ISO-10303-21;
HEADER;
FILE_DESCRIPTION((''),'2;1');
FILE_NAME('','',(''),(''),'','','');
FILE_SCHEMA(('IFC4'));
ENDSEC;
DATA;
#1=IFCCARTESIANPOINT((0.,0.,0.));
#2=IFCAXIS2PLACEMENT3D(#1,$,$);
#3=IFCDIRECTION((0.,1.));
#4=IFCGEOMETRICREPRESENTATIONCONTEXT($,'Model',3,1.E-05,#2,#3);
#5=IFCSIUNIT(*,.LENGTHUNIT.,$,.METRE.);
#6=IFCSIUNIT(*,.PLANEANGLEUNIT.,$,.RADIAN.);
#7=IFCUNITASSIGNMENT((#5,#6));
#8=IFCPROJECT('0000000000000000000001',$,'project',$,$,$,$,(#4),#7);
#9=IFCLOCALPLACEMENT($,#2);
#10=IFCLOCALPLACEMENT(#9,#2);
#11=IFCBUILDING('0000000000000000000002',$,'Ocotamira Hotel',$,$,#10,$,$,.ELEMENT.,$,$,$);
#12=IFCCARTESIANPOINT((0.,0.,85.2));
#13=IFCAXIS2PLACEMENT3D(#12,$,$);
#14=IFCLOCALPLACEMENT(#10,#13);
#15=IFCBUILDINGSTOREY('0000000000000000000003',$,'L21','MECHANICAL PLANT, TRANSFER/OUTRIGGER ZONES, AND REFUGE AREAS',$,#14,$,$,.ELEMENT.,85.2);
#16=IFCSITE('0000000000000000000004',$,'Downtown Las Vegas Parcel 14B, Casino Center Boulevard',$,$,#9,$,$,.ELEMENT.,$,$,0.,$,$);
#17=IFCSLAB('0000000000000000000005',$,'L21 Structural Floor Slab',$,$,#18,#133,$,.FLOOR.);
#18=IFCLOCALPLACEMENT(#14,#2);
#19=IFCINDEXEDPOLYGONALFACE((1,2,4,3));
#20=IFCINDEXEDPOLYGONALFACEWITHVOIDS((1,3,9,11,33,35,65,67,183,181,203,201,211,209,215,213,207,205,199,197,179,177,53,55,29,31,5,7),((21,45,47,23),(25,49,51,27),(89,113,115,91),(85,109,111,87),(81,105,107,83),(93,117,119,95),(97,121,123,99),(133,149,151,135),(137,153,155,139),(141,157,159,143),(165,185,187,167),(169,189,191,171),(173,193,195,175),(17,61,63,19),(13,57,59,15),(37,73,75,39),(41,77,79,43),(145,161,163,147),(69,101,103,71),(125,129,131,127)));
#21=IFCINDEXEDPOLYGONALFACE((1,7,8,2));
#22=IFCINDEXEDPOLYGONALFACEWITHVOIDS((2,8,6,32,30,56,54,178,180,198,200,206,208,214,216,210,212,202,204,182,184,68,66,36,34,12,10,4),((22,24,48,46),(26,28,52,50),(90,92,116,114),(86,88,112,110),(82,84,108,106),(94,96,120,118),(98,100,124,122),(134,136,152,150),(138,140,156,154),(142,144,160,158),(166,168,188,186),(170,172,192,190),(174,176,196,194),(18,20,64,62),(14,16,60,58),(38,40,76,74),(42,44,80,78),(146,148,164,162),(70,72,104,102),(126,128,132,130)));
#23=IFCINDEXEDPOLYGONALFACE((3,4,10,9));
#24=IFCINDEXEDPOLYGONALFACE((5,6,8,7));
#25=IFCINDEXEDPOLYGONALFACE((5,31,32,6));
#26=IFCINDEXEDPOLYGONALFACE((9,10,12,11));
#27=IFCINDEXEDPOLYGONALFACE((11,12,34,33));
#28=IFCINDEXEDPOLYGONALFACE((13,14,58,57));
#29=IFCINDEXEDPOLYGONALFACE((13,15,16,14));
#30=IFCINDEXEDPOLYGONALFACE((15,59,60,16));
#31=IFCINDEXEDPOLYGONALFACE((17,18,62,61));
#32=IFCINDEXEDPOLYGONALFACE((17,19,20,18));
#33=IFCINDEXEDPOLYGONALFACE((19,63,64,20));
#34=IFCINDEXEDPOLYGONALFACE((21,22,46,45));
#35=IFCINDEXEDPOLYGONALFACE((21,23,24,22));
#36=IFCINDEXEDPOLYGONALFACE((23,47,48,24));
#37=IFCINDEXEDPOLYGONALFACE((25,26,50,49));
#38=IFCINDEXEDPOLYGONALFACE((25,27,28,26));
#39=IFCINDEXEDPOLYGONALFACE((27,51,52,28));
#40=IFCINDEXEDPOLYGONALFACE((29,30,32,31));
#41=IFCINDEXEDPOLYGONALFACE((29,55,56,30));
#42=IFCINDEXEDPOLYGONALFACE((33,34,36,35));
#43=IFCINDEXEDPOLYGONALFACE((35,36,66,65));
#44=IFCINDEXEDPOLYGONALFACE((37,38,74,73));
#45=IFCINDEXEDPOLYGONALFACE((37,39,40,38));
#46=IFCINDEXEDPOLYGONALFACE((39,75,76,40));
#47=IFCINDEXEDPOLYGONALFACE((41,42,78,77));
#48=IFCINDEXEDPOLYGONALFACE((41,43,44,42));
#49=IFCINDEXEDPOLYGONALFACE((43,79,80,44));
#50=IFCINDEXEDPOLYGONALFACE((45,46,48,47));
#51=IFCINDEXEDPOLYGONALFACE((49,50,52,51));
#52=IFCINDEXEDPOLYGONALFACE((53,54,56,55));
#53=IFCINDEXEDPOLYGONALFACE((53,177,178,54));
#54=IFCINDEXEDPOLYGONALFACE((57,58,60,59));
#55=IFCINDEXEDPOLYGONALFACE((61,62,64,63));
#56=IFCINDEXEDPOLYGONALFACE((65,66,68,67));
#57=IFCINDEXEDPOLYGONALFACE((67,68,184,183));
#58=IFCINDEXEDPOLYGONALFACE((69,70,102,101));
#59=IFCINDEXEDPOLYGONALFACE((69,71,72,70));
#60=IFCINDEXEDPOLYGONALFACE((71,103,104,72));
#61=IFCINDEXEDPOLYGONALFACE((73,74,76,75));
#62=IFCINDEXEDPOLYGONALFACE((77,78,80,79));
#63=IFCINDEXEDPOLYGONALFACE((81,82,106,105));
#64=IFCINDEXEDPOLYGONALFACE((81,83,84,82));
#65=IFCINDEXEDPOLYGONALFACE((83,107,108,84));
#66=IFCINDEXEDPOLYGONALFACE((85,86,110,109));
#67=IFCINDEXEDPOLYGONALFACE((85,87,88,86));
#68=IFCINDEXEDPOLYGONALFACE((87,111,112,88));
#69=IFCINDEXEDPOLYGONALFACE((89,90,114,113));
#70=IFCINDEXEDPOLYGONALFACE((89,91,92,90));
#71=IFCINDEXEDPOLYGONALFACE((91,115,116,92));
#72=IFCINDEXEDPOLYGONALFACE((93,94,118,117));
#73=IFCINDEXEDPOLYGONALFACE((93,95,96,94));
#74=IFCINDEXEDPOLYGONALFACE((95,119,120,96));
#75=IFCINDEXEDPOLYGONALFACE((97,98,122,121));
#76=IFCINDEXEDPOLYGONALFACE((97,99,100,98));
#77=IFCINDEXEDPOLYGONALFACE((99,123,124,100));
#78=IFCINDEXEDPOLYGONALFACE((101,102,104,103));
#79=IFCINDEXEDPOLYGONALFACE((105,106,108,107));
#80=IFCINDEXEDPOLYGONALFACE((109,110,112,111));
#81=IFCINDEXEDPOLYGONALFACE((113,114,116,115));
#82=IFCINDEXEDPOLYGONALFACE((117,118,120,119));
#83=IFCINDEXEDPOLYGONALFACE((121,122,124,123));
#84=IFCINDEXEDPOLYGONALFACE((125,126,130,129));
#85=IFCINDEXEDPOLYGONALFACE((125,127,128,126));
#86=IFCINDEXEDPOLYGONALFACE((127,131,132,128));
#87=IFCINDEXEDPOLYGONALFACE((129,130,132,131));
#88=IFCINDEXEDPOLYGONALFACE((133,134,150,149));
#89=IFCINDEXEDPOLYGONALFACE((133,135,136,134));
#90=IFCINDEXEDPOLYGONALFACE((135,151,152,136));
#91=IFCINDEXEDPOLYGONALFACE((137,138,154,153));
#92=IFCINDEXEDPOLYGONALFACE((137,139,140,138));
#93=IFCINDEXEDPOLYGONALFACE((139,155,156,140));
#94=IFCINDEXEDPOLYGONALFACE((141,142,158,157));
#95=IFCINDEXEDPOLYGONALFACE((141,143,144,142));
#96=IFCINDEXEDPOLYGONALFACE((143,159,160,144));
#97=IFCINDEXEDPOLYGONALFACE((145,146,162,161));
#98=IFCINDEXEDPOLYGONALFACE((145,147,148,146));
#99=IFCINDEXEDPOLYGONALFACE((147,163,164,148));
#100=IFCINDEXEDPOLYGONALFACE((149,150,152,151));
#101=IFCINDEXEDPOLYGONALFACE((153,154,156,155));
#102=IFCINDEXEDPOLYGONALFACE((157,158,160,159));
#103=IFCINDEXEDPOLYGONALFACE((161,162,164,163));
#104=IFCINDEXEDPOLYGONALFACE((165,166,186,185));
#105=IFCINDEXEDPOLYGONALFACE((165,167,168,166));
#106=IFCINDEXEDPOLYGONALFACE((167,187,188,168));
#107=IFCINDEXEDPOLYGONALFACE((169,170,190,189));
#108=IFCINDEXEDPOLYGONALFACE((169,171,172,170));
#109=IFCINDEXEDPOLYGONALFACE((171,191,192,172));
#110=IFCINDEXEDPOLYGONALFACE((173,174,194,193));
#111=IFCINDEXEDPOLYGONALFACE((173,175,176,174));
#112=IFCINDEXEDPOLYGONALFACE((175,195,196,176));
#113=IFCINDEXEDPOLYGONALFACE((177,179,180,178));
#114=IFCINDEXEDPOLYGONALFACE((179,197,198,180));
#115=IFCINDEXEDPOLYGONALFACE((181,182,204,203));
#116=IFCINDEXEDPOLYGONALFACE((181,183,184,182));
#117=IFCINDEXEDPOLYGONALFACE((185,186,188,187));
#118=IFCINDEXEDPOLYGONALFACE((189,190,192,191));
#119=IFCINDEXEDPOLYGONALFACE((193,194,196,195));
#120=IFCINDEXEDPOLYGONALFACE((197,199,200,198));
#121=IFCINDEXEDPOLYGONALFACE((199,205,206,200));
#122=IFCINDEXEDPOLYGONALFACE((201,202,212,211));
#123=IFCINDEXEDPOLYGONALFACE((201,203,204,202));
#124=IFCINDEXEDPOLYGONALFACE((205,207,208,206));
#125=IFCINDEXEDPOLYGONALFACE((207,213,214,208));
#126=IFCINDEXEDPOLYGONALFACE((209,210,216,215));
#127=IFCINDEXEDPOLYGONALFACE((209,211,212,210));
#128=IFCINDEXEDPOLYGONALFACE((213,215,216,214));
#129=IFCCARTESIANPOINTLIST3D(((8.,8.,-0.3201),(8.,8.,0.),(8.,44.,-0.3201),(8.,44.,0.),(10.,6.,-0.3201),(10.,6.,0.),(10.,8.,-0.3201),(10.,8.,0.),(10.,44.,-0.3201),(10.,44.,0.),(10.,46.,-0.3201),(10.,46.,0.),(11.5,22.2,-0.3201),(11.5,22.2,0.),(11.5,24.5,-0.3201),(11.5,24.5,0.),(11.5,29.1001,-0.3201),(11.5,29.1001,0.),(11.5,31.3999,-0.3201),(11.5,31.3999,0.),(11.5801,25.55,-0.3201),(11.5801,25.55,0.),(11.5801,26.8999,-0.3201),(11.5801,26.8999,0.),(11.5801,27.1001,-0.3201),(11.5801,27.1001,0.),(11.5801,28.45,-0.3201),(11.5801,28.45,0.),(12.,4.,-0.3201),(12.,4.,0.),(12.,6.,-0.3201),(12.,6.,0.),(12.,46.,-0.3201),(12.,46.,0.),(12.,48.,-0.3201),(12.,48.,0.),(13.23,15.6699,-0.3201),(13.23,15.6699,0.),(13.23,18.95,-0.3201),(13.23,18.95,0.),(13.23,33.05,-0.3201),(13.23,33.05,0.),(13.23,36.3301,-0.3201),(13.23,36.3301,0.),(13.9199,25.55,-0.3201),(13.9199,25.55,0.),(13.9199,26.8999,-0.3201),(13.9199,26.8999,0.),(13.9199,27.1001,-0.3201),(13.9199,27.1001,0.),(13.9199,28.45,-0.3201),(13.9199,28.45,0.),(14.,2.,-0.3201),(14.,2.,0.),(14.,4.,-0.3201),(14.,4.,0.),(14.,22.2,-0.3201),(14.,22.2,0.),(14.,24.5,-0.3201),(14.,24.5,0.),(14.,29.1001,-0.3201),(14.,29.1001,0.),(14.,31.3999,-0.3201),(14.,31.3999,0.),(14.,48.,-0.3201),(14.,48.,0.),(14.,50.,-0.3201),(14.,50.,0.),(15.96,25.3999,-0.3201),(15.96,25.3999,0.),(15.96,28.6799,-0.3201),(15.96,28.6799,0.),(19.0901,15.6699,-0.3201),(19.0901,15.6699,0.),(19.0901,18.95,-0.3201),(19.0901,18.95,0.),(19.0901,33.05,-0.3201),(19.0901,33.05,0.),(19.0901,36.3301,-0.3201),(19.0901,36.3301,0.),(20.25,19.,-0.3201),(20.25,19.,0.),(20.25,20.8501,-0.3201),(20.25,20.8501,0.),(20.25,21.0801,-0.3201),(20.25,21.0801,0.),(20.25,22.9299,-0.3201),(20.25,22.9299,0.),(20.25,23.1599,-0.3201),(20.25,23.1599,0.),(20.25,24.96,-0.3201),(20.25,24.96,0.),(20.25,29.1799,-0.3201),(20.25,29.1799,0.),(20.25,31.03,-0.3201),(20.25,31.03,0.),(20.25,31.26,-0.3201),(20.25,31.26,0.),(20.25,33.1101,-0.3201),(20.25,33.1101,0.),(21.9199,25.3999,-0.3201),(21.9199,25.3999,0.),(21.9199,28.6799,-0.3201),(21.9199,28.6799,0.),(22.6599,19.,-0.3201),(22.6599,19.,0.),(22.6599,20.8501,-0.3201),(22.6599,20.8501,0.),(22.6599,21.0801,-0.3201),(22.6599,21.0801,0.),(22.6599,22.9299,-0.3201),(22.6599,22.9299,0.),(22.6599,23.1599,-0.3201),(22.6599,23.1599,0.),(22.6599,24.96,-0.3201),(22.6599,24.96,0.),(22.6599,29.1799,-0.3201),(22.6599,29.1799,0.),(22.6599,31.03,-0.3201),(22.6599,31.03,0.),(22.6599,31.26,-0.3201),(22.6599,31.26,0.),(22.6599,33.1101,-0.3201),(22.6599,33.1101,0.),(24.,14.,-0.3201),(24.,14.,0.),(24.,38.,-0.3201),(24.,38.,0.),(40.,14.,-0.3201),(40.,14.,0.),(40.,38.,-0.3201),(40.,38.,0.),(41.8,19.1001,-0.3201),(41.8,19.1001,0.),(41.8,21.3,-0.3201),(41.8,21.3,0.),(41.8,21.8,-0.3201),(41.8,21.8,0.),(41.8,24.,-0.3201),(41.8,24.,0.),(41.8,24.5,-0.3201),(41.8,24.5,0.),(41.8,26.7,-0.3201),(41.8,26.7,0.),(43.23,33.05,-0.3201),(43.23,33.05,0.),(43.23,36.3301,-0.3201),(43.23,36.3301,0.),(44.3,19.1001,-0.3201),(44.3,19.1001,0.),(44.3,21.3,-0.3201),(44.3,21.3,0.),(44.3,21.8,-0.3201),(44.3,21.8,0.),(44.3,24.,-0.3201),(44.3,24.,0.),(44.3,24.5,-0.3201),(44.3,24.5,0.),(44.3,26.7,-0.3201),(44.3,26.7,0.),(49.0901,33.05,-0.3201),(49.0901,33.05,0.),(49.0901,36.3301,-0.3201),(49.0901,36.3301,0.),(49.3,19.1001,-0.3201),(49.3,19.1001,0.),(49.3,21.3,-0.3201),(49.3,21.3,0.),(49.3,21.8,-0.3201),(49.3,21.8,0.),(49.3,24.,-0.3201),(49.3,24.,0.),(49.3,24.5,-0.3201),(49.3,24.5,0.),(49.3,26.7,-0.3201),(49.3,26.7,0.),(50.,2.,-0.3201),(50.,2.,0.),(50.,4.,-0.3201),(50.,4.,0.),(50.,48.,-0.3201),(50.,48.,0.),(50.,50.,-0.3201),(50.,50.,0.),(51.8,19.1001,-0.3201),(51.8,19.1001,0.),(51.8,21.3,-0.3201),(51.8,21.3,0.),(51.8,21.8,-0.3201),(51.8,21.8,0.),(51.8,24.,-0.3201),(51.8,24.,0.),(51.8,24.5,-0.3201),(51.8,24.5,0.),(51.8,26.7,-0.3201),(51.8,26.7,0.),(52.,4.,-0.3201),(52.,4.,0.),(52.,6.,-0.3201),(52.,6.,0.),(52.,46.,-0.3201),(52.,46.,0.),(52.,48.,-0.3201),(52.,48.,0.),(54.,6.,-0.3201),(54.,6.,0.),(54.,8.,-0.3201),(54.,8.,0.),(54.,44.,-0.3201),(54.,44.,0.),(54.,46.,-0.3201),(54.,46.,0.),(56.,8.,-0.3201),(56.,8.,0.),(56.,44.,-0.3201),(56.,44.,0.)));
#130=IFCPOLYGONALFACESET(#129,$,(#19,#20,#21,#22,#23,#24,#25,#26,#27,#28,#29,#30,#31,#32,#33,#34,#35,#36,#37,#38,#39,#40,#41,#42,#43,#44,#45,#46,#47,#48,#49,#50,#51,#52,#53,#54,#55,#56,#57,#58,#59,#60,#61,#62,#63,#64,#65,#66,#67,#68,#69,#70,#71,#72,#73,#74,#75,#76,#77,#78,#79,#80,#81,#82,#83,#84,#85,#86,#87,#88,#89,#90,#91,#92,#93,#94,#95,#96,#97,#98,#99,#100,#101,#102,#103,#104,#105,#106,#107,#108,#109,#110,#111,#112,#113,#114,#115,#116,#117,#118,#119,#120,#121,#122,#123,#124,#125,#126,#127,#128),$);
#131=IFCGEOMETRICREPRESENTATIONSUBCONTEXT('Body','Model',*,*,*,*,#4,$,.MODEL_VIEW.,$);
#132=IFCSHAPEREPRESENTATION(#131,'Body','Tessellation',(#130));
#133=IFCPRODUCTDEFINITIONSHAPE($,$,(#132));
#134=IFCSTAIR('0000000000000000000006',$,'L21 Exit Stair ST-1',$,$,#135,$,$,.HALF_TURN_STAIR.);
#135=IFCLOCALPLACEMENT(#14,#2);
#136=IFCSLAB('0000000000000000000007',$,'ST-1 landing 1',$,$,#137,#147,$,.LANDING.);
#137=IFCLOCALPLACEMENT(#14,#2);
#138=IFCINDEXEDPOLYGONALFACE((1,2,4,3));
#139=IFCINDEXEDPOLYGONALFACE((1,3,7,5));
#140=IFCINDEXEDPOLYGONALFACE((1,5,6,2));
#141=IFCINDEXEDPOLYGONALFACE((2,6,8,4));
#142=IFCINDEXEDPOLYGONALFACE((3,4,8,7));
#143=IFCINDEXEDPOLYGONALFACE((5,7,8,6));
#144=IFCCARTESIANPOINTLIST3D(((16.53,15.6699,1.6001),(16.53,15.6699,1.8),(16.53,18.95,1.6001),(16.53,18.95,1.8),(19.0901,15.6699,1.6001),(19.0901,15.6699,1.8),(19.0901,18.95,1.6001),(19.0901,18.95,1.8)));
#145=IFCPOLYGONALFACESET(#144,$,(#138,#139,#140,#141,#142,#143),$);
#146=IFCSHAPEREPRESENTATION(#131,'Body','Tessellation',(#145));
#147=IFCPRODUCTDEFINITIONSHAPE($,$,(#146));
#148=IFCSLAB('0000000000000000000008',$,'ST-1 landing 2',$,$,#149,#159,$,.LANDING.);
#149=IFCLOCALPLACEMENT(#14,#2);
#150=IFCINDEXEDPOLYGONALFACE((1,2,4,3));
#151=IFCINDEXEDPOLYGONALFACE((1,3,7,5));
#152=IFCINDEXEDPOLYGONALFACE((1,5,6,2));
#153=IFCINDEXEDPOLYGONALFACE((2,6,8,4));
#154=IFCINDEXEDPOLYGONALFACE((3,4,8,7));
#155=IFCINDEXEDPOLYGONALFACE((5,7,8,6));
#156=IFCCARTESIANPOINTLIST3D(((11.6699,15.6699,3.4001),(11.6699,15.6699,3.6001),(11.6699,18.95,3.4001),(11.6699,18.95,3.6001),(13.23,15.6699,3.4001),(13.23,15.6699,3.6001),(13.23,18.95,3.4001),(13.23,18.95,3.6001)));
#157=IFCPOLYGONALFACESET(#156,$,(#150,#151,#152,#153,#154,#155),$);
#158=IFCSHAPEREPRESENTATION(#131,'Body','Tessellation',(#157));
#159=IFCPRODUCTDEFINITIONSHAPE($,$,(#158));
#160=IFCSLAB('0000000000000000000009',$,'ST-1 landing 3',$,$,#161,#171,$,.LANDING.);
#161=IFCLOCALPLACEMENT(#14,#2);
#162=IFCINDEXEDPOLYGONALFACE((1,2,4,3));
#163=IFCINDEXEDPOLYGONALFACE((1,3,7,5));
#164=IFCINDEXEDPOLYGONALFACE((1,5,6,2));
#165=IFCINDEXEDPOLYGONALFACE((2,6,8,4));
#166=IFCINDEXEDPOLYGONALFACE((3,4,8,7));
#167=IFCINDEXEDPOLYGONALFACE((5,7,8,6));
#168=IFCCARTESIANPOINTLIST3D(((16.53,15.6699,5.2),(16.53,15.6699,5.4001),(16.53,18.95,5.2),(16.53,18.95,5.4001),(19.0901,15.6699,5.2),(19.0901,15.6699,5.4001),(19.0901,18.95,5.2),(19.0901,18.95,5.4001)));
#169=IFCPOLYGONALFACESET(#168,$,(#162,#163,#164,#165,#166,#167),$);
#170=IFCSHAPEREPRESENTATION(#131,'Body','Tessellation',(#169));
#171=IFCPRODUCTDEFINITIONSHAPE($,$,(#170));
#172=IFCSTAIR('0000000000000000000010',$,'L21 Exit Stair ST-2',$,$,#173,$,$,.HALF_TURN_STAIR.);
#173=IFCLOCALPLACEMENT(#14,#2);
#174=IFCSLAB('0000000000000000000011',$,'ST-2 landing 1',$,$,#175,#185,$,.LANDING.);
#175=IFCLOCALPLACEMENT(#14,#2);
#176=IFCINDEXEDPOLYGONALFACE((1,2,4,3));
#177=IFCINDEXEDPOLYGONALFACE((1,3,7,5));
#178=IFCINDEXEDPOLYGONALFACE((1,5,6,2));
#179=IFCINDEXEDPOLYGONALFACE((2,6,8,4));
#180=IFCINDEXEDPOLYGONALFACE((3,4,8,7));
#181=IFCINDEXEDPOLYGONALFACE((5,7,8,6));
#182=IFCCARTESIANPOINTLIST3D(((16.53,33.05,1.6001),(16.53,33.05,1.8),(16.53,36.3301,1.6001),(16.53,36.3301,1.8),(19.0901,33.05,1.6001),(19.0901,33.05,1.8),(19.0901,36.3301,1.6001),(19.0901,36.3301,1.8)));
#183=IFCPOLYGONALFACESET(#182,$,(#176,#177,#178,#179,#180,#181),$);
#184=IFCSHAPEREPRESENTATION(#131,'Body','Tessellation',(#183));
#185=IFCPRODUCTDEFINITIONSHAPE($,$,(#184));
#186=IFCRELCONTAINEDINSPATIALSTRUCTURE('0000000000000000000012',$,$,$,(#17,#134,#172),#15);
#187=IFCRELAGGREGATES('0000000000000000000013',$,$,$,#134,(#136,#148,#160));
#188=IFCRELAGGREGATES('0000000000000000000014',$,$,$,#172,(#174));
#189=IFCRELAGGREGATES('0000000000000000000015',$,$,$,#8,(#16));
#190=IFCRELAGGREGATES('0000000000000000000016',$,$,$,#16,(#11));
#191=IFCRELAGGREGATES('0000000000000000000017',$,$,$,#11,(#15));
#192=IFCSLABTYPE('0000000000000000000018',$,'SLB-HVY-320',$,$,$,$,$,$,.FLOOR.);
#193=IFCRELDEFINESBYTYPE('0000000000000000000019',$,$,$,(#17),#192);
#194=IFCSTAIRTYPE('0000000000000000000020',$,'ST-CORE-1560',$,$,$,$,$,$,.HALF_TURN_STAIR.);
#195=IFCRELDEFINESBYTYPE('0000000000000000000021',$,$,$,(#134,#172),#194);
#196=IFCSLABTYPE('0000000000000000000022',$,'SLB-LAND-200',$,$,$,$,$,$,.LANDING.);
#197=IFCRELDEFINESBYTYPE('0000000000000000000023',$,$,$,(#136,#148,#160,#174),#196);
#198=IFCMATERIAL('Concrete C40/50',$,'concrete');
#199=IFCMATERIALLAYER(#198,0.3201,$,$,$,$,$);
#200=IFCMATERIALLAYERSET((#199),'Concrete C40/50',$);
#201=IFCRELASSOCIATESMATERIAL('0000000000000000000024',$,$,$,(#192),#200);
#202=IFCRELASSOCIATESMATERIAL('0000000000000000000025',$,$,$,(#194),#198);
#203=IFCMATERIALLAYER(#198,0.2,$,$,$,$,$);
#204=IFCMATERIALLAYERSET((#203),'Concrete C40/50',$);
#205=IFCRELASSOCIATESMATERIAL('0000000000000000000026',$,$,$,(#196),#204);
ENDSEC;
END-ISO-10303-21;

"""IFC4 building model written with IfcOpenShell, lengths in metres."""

from ifc_helpers import new_model, si_unit, direction, frame, origin, place, context, subcontext, project, spatial, polyline, outline, extrude, material, layer, layer_set, type_object, element, aggregate, save


model = new_model("IFC4")

# Units and contexts
model_context = context("Model", 3, precision=1e-05, world=origin(), true_north=direction((0.0, 1.0)))
body_context = subcontext(model_context, "Body", "Model", "MODEL_VIEW")
ifc_project = project(units=[si_unit("LENGTHUNIT", "METRE"), si_unit("PLANEANGLEUNIT", "RADIAN")], contexts=[model_context])

# Site, building, storey
site_placement = place(None, origin())
site = spatial("IfcSite", under=ifc_project, at=site_placement, Name="Downtown Las Vegas Parcel 14B, Casino Center Boulevard", CompositionType="ELEMENT", RefElevation=0.0)
building_placement = place(site_placement, origin())
building = spatial("IfcBuilding", under=site, at=building_placement, Name="Ocotamira Hotel", CompositionType="ELEMENT")
storey_placement = place(building_placement, frame((0.0, 0.0, 85.2)))
storey = spatial("IfcBuildingStorey", under=building, at=storey_placement, Name="L21", Description="MECHANICAL PLANT, TRANSFER/OUTRIGGER ZONES, AND REFUGE AREAS", CompositionType="ELEMENT", Elevation=85.2)

# Slab
ifc_material_1 = material(Name="Concrete C40/50", Category="concrete")
ifc_layer_1 = layer(ifc_material_1, 0.3201)
ifc_layer_set_1 = layer_set([ifc_layer_1], Name="Concrete C40/50")
slab_type_1 = type_object("IfcSlabType", Name="SLB-HVY-320", PredefinedType="FLOOR", material=ifc_layer_set_1)
slab_1_placement = place(storey_placement, frame((0.0, 0.0, -0.3201)))
element("IfcSlab", 1, at=slab_1_placement, inside=storey, type_object=slab_type_1, Name="L21 Structural Floor Slab", PredefinedType="FLOOR", context=body_context, shape_type="SweptSolid", body=[
    extrude(outline(polyline([(14.0, 2.0), (50.0, 2.0), (50.0, 4.0), (52.0, 4.0), (52.0, 6.0), (54.0, 6.0), (54.0, 8.0), (56.0, 8.0), (56.0, 44.0), (54.0, 44.0), (54.0, 46.0), (52.0, 46.0), (52.0, 48.0), (50.0, 48.0), (50.0, 50.0), (14.0, 50.0), (14.0, 48.0), (12.0, 48.0), (12.0, 46.0), (10.0, 46.0), (10.0, 44.0), (8.0, 44.0), (8.0, 8.0), (10.0, 8.0), (10.0, 6.0), (12.0, 6.0), (12.0, 4.0), (14.0, 4.0), (14.0, 2.0)]), holes=[polyline([(24.0, 14.0), (40.0, 14.0), (40.0, 38.0), (24.0, 38.0), (24.0, 14.0)]), polyline([(13.23, 15.6699), (19.0901, 15.6699), (19.0901, 18.95), (13.23, 18.95), (13.23, 15.6699)]), polyline([(13.23, 33.05), (19.0901, 33.05), (19.0901, 36.3301), (13.23, 36.3301), (13.23, 33.05)]), polyline([(15.96, 25.3999), (21.9199, 25.3999), (21.9199, 28.6799), (15.96, 28.6799), (15.96, 25.3999)]), polyline([(43.23, 33.05), (49.0901, 33.05), (49.0901, 36.3301), (43.23, 36.3301), (43.23, 33.05)]), polyline([(49.3, 19.1001), (51.8, 19.1001), (51.8, 21.3), (49.3, 21.3), (49.3, 19.1001)]), polyline([(49.3, 21.8), (51.8, 21.8), (51.8, 24.0), (49.3, 24.0), (49.3, 21.8)]), polyline([(49.3, 24.5), (51.8, 24.5), (51.8, 26.7), (49.3, 26.7), (49.3, 24.5)]), polyline([(41.8, 19.1001), (44.3, 19.1001), (44.3, 21.3), (41.8, 21.3), (41.8, 19.1001)]), polyline([(41.8, 21.8), (44.3, 21.8), (44.3, 24.0), (41.8, 24.0), (41.8, 21.8)]), polyline([(41.8, 24.5), (44.3, 24.5), (44.3, 26.7), (41.8, 26.7), (41.8, 24.5)]), polyline([(20.25, 19.0), (22.6599, 19.0), (22.6599, 20.8501), (20.25, 20.8501), (20.25, 19.0)]), polyline([(20.25, 21.0801), (22.6599, 21.0801), (22.6599, 22.9299), (20.25, 22.9299), (20.25, 21.0801)]), polyline([(20.25, 23.1599), (22.6599, 23.1599), (22.6599, 24.96), (20.25, 24.96), (20.25, 23.1599)]), polyline([(20.25, 29.1799), (22.6599, 29.1799), (22.6599, 31.03), (20.25, 31.03), (20.25, 29.1799)]), polyline([(20.25, 31.26), (22.6599, 31.26), (22.6599, 33.1101), (20.25, 33.1101), (20.25, 31.26)]), polyline([(11.5, 22.2), (14.0, 22.2), (14.0, 24.5), (11.5, 24.5), (11.5, 22.2)]), polyline([(11.5, 29.1001), (14.0, 29.1001), (14.0, 31.3999), (11.5, 31.3999), (11.5, 29.1001)]), polyline([(11.5801, 25.55), (13.9199, 25.55), (13.9199, 26.8999), (11.5801, 26.8999), (11.5801, 25.55)]), polyline([(11.5801, 27.1001), (13.9199, 27.1001), (13.9199, 28.45), (11.5801, 28.45), (11.5801, 27.1001)])]), origin(), (0.0, 0.0, 1.0), 0.3201),
])

# Stairs, slabs
stair_type = type_object("IfcStairType", Name="ST-CORE-1560", PredefinedType="HALF_TURN_STAIR", material=ifc_material_1)
stair_1_placement = place(storey_placement, origin())
stair_1 = element("IfcStair", 2, at=stair_1_placement, inside=storey, type_object=stair_type, Name="L21 Exit Stair ST-1", PredefinedType="HALF_TURN_STAIR")
ifc_layer_2 = layer(ifc_material_1, 0.2)
ifc_layer_set_2 = layer_set([ifc_layer_2], Name="Concrete C40/50")
slab_type_2 = type_object("IfcSlabType", Name="SLB-LAND-200", PredefinedType="LANDING", material=ifc_layer_set_2)
slab_2_placement = place(storey_placement, frame((0.0, 0.0, 1.6001)))
slab_2 = element("IfcSlab", 3, at=slab_2_placement, type_object=slab_type_2, Name="ST-1 landing 1", PredefinedType="LANDING", context=body_context, shape_type="SweptSolid", body=[
    extrude(outline(polyline([(16.53, 15.6699), (19.0901, 15.6699), (19.0901, 18.95), (16.53, 18.95), (16.53, 15.6699)])), origin(), (0.0, 0.0, 1.0), 0.2),
])
slab_3_placement = place(storey_placement, frame((0.0, 0.0, 3.4001)))
slab_3 = element("IfcSlab", 4, at=slab_3_placement, type_object=slab_type_2, Name="ST-1 landing 2", PredefinedType="LANDING", context=body_context, shape_type="SweptSolid", body=[
    extrude(outline(polyline([(11.6699, 15.6699), (13.23, 15.6699), (13.23, 18.95), (11.6699, 18.95), (11.6699, 15.6699)])), origin(), (0.0, 0.0, 1.0), 0.2),
])
slab_4_placement = place(storey_placement, frame((0.0, 0.0, 5.2)))
slab_4 = element("IfcSlab", 5, at=slab_4_placement, type_object=slab_type_2, Name="ST-1 landing 3", PredefinedType="LANDING", context=body_context, shape_type="SweptSolid", body=[
    extrude(outline(polyline([(16.53, 15.6699), (19.0901, 15.6699), (19.0901, 18.95), (16.53, 18.95), (16.53, 15.6699)])), origin(), (0.0, 0.0, 1.0), 0.2002),
])
aggregate(stair_1, [slab_2, slab_3, slab_4])
stair_2_placement = place(storey_placement, origin())
stair_2 = element("IfcStair", 6, at=stair_2_placement, inside=storey, type_object=stair_type, Name="L21 Exit Stair ST-2", PredefinedType="HALF_TURN_STAIR")
slab_5_placement = place(storey_placement, frame((0.0, 0.0, 1.6001)))
slab_5 = element("IfcSlab", 7, at=slab_5_placement, type_object=slab_type_2, Name="ST-2 landing 1", PredefinedType="LANDING", context=body_context, shape_type="SweptSolid", body=[
    extrude(outline(polyline([(16.53, 33.05), (19.0901, 33.05), (19.0901, 36.3301), (16.53, 36.3301), (16.53, 33.05)])), origin(), (0.0, 0.0, 1.0), 0.2),
])
aggregate(stair_2, [slab_5])

save(model, "model.ifc")
